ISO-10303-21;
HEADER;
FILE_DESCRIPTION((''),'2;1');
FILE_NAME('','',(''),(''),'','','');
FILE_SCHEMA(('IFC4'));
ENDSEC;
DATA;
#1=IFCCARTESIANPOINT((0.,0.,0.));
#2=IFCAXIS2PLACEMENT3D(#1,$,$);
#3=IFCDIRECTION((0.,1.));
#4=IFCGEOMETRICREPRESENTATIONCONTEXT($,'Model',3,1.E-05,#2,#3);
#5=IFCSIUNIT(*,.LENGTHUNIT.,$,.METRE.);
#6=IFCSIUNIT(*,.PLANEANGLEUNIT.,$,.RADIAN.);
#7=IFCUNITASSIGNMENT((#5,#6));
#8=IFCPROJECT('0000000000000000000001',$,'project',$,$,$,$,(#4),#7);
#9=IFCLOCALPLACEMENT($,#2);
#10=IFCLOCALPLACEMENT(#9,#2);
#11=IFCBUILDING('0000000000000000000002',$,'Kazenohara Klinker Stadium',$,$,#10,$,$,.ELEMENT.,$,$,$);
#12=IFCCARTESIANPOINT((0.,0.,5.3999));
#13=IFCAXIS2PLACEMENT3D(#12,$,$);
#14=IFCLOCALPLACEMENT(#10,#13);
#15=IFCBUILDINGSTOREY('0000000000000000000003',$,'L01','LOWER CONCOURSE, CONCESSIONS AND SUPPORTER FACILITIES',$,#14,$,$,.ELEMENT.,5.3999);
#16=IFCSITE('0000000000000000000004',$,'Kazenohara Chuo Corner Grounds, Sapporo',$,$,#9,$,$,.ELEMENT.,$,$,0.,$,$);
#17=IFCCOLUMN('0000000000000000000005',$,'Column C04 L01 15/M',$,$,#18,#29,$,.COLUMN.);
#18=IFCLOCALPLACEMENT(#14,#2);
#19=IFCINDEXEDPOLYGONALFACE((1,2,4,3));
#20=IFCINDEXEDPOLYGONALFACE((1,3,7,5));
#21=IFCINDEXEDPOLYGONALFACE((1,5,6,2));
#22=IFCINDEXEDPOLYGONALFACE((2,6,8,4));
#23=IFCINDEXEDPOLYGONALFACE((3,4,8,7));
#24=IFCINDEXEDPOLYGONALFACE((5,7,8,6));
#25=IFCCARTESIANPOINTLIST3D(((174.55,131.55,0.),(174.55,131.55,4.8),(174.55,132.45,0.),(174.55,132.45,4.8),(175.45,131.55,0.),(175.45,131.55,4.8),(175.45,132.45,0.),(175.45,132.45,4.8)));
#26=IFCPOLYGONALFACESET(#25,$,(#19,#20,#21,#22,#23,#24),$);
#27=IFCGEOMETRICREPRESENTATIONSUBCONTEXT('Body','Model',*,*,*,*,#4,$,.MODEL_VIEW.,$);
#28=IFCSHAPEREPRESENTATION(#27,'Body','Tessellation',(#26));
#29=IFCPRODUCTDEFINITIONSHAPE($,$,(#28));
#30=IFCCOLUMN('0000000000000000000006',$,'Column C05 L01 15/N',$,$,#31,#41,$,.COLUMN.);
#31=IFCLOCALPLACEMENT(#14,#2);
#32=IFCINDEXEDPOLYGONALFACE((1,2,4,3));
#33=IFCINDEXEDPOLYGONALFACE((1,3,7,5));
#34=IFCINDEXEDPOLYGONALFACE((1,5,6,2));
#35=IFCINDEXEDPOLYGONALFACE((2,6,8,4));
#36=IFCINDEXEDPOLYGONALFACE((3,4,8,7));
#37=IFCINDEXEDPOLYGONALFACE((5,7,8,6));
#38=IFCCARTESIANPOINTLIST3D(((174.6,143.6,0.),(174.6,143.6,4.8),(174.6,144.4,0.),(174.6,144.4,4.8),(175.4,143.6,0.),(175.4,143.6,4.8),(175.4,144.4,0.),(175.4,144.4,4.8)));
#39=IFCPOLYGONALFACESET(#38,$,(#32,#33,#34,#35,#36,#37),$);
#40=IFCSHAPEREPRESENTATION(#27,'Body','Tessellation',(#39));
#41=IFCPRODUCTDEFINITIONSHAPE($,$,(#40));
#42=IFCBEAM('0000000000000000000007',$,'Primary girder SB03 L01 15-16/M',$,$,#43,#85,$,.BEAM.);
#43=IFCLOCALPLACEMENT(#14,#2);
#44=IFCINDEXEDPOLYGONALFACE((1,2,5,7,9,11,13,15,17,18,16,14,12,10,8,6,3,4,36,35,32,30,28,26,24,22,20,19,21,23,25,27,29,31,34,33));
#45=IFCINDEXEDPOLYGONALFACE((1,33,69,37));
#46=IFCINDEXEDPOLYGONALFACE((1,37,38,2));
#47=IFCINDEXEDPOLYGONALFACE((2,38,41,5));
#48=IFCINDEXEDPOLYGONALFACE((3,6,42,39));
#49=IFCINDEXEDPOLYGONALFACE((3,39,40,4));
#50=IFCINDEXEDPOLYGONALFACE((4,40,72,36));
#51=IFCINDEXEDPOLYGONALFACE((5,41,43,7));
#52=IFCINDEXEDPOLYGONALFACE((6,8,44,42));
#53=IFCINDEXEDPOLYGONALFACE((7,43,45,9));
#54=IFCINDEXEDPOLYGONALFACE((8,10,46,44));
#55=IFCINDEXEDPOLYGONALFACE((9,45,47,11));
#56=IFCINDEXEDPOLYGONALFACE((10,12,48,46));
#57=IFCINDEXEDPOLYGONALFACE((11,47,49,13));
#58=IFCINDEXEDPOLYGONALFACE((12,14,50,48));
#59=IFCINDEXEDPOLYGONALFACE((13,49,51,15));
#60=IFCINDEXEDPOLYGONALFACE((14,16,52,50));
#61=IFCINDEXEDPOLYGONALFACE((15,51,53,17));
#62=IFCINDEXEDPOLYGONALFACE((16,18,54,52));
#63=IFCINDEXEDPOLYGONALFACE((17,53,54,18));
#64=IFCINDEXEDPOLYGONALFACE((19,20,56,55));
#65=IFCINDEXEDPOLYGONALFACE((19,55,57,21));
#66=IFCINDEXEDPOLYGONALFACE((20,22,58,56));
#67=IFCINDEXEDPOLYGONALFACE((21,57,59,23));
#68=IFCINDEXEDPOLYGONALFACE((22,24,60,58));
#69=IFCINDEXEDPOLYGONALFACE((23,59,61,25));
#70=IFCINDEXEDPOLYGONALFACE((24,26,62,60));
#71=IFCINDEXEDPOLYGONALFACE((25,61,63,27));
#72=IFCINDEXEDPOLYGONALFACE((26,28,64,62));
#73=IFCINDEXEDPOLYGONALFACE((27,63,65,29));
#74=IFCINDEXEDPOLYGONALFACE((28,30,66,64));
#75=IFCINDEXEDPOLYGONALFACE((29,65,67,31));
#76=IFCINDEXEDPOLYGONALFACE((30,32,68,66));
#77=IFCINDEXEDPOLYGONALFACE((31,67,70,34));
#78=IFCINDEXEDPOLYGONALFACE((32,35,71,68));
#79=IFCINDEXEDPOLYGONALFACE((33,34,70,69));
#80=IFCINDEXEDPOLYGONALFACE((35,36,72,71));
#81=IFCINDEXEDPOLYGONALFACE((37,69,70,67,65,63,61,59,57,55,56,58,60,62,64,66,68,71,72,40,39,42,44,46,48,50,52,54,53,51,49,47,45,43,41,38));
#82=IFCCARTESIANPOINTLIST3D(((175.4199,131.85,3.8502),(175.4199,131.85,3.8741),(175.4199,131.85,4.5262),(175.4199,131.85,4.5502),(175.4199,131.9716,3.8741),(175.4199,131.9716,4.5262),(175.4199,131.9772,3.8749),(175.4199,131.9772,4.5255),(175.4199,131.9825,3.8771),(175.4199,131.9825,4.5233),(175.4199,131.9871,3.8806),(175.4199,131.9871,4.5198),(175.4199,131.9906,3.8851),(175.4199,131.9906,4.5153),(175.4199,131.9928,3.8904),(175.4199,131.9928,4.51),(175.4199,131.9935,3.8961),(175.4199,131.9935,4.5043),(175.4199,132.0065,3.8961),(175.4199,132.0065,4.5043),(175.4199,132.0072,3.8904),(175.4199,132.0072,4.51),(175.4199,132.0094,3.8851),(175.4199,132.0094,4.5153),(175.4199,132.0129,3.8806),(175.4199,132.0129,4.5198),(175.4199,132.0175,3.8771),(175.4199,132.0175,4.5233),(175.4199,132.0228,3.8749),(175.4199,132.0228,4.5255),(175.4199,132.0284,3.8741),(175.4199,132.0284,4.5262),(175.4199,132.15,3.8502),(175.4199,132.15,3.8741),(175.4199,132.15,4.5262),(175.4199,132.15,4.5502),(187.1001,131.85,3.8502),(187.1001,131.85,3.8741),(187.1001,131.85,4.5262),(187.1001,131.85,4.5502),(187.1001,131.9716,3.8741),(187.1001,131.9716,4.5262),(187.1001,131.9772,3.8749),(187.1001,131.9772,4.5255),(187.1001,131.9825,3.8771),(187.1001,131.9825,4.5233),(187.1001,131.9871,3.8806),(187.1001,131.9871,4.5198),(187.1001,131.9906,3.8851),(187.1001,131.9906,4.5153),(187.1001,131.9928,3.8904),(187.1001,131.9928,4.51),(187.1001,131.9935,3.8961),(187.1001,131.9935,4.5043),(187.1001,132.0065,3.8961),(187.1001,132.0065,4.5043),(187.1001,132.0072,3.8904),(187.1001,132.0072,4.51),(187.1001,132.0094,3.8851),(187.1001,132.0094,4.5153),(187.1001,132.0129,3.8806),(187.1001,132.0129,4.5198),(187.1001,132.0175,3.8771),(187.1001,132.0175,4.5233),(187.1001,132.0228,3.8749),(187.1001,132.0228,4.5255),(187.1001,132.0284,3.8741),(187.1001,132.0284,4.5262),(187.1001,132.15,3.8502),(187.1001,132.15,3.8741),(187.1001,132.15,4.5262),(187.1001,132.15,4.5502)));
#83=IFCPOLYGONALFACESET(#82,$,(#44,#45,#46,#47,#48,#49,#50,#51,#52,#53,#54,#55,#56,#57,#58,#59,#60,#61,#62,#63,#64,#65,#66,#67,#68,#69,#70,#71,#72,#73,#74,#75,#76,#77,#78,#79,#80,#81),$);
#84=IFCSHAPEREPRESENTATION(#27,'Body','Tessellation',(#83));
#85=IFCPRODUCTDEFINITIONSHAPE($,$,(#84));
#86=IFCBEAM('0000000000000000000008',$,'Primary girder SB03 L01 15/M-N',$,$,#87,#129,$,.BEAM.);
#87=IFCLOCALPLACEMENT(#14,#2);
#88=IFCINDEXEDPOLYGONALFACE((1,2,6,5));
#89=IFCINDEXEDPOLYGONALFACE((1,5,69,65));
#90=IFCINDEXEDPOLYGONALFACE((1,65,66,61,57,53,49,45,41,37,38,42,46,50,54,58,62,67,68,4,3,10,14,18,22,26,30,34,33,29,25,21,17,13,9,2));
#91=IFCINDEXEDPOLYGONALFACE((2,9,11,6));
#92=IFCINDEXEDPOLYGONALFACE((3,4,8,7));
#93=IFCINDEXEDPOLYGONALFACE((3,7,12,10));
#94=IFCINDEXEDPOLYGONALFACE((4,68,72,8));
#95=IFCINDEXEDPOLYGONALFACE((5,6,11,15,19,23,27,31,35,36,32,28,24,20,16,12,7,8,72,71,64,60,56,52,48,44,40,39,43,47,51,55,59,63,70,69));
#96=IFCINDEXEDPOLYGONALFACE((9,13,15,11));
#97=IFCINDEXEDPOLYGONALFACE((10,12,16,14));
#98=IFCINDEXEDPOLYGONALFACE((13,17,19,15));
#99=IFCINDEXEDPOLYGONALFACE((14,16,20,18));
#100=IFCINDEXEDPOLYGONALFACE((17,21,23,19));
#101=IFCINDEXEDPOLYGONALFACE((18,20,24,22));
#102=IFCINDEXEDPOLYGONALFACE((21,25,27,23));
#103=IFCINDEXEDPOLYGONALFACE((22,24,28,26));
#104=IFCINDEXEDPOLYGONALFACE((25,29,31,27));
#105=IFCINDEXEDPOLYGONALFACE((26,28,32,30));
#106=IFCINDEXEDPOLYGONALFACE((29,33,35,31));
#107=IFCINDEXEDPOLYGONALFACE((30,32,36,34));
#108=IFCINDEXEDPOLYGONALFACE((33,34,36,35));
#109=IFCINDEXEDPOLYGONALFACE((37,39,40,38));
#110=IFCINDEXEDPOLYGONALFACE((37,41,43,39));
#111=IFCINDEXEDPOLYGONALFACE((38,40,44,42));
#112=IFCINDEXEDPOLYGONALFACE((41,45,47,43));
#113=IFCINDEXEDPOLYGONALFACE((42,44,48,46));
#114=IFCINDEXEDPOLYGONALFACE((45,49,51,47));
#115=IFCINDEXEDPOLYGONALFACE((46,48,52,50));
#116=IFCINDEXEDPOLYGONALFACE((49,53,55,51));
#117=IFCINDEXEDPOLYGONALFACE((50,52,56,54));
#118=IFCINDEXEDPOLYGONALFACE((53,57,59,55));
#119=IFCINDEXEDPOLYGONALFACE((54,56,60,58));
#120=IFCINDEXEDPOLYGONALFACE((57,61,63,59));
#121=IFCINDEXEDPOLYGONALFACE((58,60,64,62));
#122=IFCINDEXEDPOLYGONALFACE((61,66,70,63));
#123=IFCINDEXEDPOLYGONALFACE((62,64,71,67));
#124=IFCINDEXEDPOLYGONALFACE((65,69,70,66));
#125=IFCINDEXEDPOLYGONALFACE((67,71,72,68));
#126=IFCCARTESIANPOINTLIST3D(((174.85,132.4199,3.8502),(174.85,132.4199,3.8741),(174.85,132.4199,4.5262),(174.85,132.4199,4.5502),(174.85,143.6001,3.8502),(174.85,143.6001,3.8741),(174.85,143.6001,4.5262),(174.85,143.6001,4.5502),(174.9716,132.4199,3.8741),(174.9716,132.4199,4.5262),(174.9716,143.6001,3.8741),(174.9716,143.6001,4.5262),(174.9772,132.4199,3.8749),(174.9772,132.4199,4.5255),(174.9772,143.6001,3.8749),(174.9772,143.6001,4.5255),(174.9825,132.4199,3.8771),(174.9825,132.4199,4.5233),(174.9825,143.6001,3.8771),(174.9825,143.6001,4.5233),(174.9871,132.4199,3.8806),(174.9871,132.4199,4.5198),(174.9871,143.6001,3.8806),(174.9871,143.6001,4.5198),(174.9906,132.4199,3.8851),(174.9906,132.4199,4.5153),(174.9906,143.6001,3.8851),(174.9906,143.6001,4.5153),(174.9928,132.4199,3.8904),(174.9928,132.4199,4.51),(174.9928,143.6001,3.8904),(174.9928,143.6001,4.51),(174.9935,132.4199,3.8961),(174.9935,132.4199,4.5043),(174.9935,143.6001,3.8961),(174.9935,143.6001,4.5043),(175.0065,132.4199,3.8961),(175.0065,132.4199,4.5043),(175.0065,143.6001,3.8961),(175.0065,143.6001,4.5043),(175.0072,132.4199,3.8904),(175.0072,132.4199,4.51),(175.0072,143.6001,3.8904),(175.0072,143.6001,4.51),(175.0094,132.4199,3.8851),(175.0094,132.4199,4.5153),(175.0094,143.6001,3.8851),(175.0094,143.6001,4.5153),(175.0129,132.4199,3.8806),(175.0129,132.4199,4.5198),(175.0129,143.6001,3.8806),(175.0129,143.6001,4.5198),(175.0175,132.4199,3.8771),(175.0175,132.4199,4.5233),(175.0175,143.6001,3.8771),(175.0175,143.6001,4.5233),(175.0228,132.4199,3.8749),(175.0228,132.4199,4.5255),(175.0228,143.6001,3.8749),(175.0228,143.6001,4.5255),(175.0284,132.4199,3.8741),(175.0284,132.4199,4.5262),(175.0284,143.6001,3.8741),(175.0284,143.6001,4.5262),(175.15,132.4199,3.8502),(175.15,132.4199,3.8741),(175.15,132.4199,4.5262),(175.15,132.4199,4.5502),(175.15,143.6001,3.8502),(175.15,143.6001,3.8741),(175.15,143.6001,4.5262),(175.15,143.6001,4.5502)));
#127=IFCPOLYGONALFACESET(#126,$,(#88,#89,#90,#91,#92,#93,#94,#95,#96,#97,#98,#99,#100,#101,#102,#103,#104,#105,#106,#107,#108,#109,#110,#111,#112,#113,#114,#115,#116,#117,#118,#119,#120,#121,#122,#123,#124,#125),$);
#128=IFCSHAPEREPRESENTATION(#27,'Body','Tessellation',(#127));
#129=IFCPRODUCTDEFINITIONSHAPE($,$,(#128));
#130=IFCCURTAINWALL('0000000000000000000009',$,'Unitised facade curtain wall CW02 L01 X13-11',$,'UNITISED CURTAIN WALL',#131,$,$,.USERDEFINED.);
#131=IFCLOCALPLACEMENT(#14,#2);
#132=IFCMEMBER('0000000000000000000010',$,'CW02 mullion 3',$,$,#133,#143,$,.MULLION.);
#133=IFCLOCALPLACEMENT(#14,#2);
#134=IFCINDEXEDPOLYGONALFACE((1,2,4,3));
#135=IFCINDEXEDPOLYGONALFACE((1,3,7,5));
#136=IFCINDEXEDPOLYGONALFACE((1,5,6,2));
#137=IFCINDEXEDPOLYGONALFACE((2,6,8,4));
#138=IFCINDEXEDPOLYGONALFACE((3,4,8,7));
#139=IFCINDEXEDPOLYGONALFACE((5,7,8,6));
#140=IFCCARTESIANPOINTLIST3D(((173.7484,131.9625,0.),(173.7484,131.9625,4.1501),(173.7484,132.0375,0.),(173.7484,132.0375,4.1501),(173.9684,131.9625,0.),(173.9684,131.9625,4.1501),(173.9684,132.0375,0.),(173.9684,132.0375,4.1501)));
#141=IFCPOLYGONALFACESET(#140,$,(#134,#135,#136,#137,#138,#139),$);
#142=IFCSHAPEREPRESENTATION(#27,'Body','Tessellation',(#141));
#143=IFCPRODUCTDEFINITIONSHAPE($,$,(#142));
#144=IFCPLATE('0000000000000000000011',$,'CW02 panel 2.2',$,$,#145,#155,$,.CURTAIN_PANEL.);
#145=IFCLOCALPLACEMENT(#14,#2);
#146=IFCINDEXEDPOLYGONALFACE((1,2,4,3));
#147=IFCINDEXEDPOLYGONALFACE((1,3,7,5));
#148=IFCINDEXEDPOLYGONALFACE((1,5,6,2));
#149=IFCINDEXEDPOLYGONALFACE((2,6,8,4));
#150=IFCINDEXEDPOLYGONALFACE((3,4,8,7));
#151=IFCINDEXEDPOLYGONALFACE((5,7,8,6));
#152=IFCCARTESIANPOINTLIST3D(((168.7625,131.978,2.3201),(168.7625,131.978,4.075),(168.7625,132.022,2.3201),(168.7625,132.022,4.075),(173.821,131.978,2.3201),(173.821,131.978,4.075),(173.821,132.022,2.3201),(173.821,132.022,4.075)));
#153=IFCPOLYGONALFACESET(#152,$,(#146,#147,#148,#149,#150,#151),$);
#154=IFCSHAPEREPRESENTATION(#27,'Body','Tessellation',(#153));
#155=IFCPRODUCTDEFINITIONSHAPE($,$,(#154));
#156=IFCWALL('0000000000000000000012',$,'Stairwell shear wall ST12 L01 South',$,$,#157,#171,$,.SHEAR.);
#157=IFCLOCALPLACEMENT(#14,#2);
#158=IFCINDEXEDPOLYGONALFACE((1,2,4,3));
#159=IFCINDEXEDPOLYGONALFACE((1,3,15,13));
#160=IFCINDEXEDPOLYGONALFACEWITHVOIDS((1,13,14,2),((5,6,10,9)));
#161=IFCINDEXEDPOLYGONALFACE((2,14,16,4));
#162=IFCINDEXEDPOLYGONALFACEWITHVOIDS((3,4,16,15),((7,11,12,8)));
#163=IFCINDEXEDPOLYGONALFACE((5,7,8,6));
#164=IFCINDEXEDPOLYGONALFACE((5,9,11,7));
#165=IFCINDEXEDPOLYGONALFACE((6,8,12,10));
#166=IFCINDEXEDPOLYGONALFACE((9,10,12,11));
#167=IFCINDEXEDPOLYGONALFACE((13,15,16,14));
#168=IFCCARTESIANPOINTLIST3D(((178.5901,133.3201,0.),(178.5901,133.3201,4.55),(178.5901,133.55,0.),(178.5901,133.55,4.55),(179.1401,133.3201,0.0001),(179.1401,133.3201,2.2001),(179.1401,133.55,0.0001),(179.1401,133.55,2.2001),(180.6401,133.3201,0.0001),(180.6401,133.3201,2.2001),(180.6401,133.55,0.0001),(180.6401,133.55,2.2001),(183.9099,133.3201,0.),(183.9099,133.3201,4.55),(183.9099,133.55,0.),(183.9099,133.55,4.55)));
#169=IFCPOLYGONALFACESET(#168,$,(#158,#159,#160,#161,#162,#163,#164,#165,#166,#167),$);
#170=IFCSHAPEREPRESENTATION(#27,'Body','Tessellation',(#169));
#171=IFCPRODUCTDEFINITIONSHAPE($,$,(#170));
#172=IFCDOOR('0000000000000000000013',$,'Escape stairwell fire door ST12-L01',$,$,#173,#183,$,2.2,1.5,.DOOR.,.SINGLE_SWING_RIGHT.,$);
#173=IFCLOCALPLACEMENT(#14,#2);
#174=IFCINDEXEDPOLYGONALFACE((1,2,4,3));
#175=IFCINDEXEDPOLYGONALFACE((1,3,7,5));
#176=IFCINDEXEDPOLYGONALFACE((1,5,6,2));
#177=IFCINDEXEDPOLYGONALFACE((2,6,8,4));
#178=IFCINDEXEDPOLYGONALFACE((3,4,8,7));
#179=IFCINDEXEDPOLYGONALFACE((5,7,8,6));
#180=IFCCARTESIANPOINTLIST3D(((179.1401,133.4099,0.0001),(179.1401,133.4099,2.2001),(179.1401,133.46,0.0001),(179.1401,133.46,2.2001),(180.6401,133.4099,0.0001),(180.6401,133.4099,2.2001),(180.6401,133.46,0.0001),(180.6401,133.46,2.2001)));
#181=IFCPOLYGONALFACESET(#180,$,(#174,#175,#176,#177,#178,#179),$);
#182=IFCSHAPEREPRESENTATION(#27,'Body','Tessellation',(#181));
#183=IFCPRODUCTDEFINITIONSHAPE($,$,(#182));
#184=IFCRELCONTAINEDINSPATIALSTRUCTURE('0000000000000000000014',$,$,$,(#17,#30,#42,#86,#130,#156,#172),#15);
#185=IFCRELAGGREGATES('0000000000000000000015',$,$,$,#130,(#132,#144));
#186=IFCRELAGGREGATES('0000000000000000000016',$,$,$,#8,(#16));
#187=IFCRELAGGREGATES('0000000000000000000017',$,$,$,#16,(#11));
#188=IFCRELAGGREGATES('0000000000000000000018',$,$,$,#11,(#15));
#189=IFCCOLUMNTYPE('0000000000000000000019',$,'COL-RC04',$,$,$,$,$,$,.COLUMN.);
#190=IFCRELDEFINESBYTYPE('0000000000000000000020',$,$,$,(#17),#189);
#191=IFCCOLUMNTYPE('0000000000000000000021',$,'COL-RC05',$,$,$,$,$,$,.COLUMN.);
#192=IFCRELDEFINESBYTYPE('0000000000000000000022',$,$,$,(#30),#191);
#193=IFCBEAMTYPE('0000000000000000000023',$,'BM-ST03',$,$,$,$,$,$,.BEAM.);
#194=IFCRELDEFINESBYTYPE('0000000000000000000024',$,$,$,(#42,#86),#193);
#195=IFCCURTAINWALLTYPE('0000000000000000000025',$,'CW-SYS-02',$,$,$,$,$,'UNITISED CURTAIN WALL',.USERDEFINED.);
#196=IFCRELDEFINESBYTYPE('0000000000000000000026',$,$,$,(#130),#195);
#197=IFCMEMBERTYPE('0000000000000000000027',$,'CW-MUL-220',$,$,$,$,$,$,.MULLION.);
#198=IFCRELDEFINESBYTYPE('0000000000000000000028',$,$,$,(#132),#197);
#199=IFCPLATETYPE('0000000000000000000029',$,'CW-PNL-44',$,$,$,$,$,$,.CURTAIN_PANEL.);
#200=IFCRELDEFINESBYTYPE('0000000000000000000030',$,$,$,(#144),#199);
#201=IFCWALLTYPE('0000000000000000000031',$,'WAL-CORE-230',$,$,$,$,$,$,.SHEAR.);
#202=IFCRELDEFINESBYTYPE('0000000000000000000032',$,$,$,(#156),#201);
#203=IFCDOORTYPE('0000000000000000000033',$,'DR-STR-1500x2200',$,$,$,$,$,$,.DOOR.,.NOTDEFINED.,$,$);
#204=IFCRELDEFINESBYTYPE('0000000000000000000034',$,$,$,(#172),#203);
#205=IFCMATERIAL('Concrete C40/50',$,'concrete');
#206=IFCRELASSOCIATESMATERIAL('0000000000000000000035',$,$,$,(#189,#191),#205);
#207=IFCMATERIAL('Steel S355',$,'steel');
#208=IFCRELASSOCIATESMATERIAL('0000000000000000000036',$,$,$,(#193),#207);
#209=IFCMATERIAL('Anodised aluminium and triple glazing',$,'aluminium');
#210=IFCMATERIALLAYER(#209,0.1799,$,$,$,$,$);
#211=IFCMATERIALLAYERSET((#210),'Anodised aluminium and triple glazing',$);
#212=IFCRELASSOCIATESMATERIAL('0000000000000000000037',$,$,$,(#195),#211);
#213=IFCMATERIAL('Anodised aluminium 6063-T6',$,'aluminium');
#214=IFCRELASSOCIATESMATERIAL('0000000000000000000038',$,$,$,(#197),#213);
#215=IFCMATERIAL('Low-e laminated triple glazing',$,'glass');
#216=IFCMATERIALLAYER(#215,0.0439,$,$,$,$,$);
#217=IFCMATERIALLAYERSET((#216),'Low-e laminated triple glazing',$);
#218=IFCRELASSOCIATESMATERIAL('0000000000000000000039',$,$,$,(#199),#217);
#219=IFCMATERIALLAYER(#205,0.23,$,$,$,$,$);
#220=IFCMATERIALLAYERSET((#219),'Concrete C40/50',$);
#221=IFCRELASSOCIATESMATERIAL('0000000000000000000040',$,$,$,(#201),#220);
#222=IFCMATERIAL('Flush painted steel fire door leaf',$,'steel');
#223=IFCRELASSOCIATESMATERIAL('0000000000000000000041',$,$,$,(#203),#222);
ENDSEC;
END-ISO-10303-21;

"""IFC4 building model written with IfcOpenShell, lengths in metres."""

from ifc_helpers import new_model, si_unit, direction, frame, frame_2d, origin, origin_2d, place, context, subcontext, project, spatial, rectangle, i_section, extrude, material, layer, layer_set, material_profile, profile_set, type_object, element, fill, aggregate, save


model = new_model("IFC4")

# Units and contexts
model_context = context("Model", 3, precision=1e-05, world=origin(), true_north=direction((0.0, 1.0)))
body_context = subcontext(model_context, "Body", "Model", "MODEL_VIEW")
ifc_project = project(units=[si_unit("LENGTHUNIT", "METRE"), si_unit("PLANEANGLEUNIT", "RADIAN")], contexts=[model_context])

# Site, building, storey
site_placement = place(None, origin())
site = spatial("IfcSite", under=ifc_project, at=site_placement, Name="Kazenohara Chuo Corner Grounds, Sapporo", CompositionType="ELEMENT", RefElevation=0.0)
building_placement = place(site_placement, origin())
building = spatial("IfcBuilding", under=site, at=building_placement, Name="Kazenohara Klinker Stadium", CompositionType="ELEMENT")
storey_placement = place(building_placement, frame((0.0, 0.0, 5.3999)))
storey = spatial("IfcBuildingStorey", under=building, at=storey_placement, Name="L01", Description="LOWER CONCOURSE, CONCESSIONS AND SUPPORTER FACILITIES", CompositionType="ELEMENT", Elevation=5.3999)

# Columns
ifc_material_1 = material(Name="Concrete C40/50", Category="concrete")
ifc_material_profile_1 = material_profile(ifc_material_1, rectangle(XDim=0.8999, YDim=0.8999, at=origin_2d()), Name="RC-COL-900x900")
ifc_profile_set_1 = profile_set([ifc_material_profile_1], Name="Concrete C40/50")
column_type_1 = type_object("IfcColumnType", Name="COL-RC04", PredefinedType="COLUMN", material=ifc_profile_set_1)
column_1_placement = place(storey_placement, frame((175.0, 132.0, 0.0), z_axis=(0.0, 0.0, 1.0), x_axis=(1.0, 0.0, 0.0)))
element("IfcColumn", 1, at=column_1_placement, inside=storey, type_object=column_type_1, Name="Column C04 L01 15/M", PredefinedType="COLUMN", context=body_context, shape_type="SweptSolid", body=[
    extrude(rectangle(XDim=0.8999, YDim=0.8999, at=origin_2d()), origin(), (0.0, 0.0, 1.0), 4.8),
])
ifc_material_profile_2 = material_profile(ifc_material_1, rectangle(XDim=0.8, YDim=0.8, at=origin_2d()), Name="RC-COL-800x800")
ifc_profile_set_2 = profile_set([ifc_material_profile_2], Name="Concrete C40/50")
column_type_2 = type_object("IfcColumnType", Name="COL-RC05", PredefinedType="COLUMN", material=ifc_profile_set_2)
column_2_placement = place(storey_placement, frame((175.0, 144.0, 0.0), z_axis=(0.0, 0.0, 1.0), x_axis=(1.0, 0.0, 0.0)))
element("IfcColumn", 2, at=column_2_placement, inside=storey, type_object=column_type_2, Name="Column C05 L01 15/N", PredefinedType="COLUMN", context=body_context, shape_type="SweptSolid", body=[
    extrude(rectangle(XDim=0.8, YDim=0.8, at=origin_2d()), origin(), (0.0, 0.0, 1.0), 4.8),
])

# Beams
ifc_material_2 = material(Name="Steel S355", Category="steel")
ifc_material_profile_3 = material_profile(ifc_material_2, i_section(OverallWidth=0.3, OverallDepth=0.7, WebThickness=0.0129, FlangeThickness=0.0239, FilletRadius=0.022, at=origin_2d()), Name="H-700x300x13x24")
ifc_profile_set_3 = profile_set([ifc_material_profile_3], Name="Steel S355")
beam_type = type_object("IfcBeamType", Name="BM-ST03", PredefinedType="BEAM", material=ifc_profile_set_3)
beam_1_placement = place(storey_placement, frame((175.4199, 132.0, 4.2002), z_axis=(1.0, 0.0, 0.0), x_axis=(0.0, 1.0, 0.0)))
element("IfcBeam", 3, at=beam_1_placement, inside=storey, type_object=beam_type, Name="Primary girder SB03 L01 15-16/M", PredefinedType="BEAM", context=body_context, shape_type="SweptSolid", body=[
    extrude(i_section(OverallWidth=0.3, OverallDepth=0.7, WebThickness=0.0129, FlangeThickness=0.0239, FilletRadius=0.022, at=origin_2d()), origin(), (0.0, 0.0, 1.0), 11.6802),
])
beam_2_placement = place(storey_placement, frame((175.0, 132.4199, 4.2002), z_axis=(0.0, 1.0, 0.0), x_axis=(-1.0, 0.0, 0.0)))
element("IfcBeam", 4, at=beam_2_placement, inside=storey, type_object=beam_type, Name="Primary girder SB03 L01 15/M-N", PredefinedType="BEAM", context=body_context, shape_type="SweptSolid", body=[
    extrude(i_section(OverallWidth=0.3, OverallDepth=0.7, WebThickness=0.0129, FlangeThickness=0.0239, FilletRadius=0.022, at=origin_2d()), origin(), (0.0, 0.0, 1.0), 11.1802),
])

# Curtain wall, member, plate
ifc_material_3 = material(Name="Anodised aluminium and triple glazing", Category="aluminium")
ifc_layer_1 = layer(ifc_material_3, 0.1799)
ifc_layer_set_1 = layer_set([ifc_layer_1], Name="Anodised aluminium and triple glazing")
curtain_wall_type = type_object("IfcCurtainWallType", Name="CW-SYS-02", ElementType="UNITISED CURTAIN WALL", PredefinedType="USERDEFINED", material=ifc_layer_set_1)
curtain_wall_placement = place(storey_placement, origin())
curtain_wall = element("IfcCurtainWall", 5, at=curtain_wall_placement, inside=storey, type_object=curtain_wall_type, Name="Unitised facade curtain wall CW02 L01 X13-11", ObjectType="UNITISED CURTAIN WALL", PredefinedType="USERDEFINED")
ifc_material_4 = material(Name="Anodised aluminium 6063-T6", Category="aluminium")
ifc_material_profile_4 = material_profile(ifc_material_4, rectangle(XDim=0.075, YDim=0.22, at=origin_2d()), Name="ALU-MUL-75x220")
ifc_profile_set_4 = profile_set([ifc_material_profile_4], Name="Anodised aluminium 6063-T6")
member_type = type_object("IfcMemberType", Name="CW-MUL-220", PredefinedType="MULLION", material=ifc_profile_set_4)
member_placement = place(storey_placement, frame((173.8584, 132.0, 0.0), z_axis=(0.0, 0.0, 1.0), x_axis=(0.0, 1.0, 0.0)))
member = element("IfcMember", 6, at=member_placement, type_object=member_type, Name="CW02 mullion 3", PredefinedType="MULLION", context=body_context, shape_type="SweptSolid", body=[
    extrude(rectangle(XDim=0.075, YDim=0.22, at=origin_2d()), origin(), (0.0, 0.0, 1.0), 4.1501),
])
ifc_material_5 = material(Name="Low-e laminated triple glazing", Category="glass")
ifc_layer_2 = layer(ifc_material_5, 0.0439)
ifc_layer_set_2 = layer_set([ifc_layer_2], Name="Low-e laminated triple glazing")
plate_type = type_object("IfcPlateType", Name="CW-PNL-44", PredefinedType="CURTAIN_PANEL", material=ifc_layer_set_2)
plate_placement = place(storey_placement, frame((171.2917, 132.0, 2.3201), z_axis=(0.0, 0.0, 1.0), x_axis=(1.0, 0.0, 0.0)))
plate = element("IfcPlate", 7, at=plate_placement, type_object=plate_type, Name="CW02 panel 2.2", PredefinedType="CURTAIN_PANEL", context=body_context, shape_type="SweptSolid", body=[
    extrude(rectangle(XDim=5.0586, YDim=0.0439, at=origin_2d()), origin(), (0.0, 0.0, 1.0), 1.7549),
])
aggregate(curtain_wall, [member, plate])

# Wall, opening, door
ifc_layer_3 = layer(ifc_material_1, 0.23)
ifc_layer_set_3 = layer_set([ifc_layer_3], Name="Concrete C40/50")
wall_type_1 = type_object("IfcWallType", Name="WAL-CORE-230", PredefinedType="SHEAR", material=ifc_layer_set_3)
wall_1_placement = place(storey_placement, frame((178.5901, 133.4351, 0.0), z_axis=(0.0, 0.0, 1.0), x_axis=(1.0, 0.0, 0.0)))
wall_1 = element("IfcWall", 8, at=wall_1_placement, inside=storey, type_object=wall_type_1, Name="Stairwell shear wall ST12 L01 South", PredefinedType="SHEAR", context=body_context, shape_type="SweptSolid", body=[
    extrude(rectangle(XDim=5.3198, YDim=0.23, at=frame_2d((2.6599, 0.0))), origin(), (0.0, 0.0, 1.0), 4.55),
])
opening_placement = place(wall_1_placement, frame((0.55, 0.0, 0.0)))
opening = element("IfcOpeningElement", 9, at=opening_placement, cuts=wall_1, PredefinedType="OPENING", context=body_context, shape_type="SweptSolid", body=[
    extrude(rectangle(XDim=1.5, YDim=2.2, at=frame_2d((0.75, 1.1001))), frame((0.0, 0.125, 0.0), z_axis=(0.0, -1.0, 0.0), x_axis=(1.0, 0.0, 0.0)), (0.0, 0.0, 1.0), 0.25),
])
ifc_material_6 = material(Name="Flush painted steel fire door leaf", Category="steel")
door_type = type_object("IfcDoorType", Name="DR-STR-1500x2200", OperationType="NOTDEFINED", PredefinedType="DOOR", material=ifc_material_6)
door_placement = place(opening_placement, origin())
door = element("IfcDoor", 10, at=door_placement, inside=storey, type_object=door_type, Name="Escape stairwell fire door ST12-L01", OperationType="SINGLE_SWING_RIGHT", OverallHeight=2.2, OverallWidth=1.5, PredefinedType="DOOR", context=body_context, shape_type="SweptSolid", body=[
    extrude(rectangle(XDim=1.5, YDim=2.2, at=frame_2d((0.75, 1.1001))), frame((0.0, 0.0249, 0.0), z_axis=(0.0, -1.0, 0.0), x_axis=(1.0, 0.0, 0.0)), (0.0, 0.0, 1.0), 0.05),
])
fill(opening, door)

save(model, "model.ifc")
